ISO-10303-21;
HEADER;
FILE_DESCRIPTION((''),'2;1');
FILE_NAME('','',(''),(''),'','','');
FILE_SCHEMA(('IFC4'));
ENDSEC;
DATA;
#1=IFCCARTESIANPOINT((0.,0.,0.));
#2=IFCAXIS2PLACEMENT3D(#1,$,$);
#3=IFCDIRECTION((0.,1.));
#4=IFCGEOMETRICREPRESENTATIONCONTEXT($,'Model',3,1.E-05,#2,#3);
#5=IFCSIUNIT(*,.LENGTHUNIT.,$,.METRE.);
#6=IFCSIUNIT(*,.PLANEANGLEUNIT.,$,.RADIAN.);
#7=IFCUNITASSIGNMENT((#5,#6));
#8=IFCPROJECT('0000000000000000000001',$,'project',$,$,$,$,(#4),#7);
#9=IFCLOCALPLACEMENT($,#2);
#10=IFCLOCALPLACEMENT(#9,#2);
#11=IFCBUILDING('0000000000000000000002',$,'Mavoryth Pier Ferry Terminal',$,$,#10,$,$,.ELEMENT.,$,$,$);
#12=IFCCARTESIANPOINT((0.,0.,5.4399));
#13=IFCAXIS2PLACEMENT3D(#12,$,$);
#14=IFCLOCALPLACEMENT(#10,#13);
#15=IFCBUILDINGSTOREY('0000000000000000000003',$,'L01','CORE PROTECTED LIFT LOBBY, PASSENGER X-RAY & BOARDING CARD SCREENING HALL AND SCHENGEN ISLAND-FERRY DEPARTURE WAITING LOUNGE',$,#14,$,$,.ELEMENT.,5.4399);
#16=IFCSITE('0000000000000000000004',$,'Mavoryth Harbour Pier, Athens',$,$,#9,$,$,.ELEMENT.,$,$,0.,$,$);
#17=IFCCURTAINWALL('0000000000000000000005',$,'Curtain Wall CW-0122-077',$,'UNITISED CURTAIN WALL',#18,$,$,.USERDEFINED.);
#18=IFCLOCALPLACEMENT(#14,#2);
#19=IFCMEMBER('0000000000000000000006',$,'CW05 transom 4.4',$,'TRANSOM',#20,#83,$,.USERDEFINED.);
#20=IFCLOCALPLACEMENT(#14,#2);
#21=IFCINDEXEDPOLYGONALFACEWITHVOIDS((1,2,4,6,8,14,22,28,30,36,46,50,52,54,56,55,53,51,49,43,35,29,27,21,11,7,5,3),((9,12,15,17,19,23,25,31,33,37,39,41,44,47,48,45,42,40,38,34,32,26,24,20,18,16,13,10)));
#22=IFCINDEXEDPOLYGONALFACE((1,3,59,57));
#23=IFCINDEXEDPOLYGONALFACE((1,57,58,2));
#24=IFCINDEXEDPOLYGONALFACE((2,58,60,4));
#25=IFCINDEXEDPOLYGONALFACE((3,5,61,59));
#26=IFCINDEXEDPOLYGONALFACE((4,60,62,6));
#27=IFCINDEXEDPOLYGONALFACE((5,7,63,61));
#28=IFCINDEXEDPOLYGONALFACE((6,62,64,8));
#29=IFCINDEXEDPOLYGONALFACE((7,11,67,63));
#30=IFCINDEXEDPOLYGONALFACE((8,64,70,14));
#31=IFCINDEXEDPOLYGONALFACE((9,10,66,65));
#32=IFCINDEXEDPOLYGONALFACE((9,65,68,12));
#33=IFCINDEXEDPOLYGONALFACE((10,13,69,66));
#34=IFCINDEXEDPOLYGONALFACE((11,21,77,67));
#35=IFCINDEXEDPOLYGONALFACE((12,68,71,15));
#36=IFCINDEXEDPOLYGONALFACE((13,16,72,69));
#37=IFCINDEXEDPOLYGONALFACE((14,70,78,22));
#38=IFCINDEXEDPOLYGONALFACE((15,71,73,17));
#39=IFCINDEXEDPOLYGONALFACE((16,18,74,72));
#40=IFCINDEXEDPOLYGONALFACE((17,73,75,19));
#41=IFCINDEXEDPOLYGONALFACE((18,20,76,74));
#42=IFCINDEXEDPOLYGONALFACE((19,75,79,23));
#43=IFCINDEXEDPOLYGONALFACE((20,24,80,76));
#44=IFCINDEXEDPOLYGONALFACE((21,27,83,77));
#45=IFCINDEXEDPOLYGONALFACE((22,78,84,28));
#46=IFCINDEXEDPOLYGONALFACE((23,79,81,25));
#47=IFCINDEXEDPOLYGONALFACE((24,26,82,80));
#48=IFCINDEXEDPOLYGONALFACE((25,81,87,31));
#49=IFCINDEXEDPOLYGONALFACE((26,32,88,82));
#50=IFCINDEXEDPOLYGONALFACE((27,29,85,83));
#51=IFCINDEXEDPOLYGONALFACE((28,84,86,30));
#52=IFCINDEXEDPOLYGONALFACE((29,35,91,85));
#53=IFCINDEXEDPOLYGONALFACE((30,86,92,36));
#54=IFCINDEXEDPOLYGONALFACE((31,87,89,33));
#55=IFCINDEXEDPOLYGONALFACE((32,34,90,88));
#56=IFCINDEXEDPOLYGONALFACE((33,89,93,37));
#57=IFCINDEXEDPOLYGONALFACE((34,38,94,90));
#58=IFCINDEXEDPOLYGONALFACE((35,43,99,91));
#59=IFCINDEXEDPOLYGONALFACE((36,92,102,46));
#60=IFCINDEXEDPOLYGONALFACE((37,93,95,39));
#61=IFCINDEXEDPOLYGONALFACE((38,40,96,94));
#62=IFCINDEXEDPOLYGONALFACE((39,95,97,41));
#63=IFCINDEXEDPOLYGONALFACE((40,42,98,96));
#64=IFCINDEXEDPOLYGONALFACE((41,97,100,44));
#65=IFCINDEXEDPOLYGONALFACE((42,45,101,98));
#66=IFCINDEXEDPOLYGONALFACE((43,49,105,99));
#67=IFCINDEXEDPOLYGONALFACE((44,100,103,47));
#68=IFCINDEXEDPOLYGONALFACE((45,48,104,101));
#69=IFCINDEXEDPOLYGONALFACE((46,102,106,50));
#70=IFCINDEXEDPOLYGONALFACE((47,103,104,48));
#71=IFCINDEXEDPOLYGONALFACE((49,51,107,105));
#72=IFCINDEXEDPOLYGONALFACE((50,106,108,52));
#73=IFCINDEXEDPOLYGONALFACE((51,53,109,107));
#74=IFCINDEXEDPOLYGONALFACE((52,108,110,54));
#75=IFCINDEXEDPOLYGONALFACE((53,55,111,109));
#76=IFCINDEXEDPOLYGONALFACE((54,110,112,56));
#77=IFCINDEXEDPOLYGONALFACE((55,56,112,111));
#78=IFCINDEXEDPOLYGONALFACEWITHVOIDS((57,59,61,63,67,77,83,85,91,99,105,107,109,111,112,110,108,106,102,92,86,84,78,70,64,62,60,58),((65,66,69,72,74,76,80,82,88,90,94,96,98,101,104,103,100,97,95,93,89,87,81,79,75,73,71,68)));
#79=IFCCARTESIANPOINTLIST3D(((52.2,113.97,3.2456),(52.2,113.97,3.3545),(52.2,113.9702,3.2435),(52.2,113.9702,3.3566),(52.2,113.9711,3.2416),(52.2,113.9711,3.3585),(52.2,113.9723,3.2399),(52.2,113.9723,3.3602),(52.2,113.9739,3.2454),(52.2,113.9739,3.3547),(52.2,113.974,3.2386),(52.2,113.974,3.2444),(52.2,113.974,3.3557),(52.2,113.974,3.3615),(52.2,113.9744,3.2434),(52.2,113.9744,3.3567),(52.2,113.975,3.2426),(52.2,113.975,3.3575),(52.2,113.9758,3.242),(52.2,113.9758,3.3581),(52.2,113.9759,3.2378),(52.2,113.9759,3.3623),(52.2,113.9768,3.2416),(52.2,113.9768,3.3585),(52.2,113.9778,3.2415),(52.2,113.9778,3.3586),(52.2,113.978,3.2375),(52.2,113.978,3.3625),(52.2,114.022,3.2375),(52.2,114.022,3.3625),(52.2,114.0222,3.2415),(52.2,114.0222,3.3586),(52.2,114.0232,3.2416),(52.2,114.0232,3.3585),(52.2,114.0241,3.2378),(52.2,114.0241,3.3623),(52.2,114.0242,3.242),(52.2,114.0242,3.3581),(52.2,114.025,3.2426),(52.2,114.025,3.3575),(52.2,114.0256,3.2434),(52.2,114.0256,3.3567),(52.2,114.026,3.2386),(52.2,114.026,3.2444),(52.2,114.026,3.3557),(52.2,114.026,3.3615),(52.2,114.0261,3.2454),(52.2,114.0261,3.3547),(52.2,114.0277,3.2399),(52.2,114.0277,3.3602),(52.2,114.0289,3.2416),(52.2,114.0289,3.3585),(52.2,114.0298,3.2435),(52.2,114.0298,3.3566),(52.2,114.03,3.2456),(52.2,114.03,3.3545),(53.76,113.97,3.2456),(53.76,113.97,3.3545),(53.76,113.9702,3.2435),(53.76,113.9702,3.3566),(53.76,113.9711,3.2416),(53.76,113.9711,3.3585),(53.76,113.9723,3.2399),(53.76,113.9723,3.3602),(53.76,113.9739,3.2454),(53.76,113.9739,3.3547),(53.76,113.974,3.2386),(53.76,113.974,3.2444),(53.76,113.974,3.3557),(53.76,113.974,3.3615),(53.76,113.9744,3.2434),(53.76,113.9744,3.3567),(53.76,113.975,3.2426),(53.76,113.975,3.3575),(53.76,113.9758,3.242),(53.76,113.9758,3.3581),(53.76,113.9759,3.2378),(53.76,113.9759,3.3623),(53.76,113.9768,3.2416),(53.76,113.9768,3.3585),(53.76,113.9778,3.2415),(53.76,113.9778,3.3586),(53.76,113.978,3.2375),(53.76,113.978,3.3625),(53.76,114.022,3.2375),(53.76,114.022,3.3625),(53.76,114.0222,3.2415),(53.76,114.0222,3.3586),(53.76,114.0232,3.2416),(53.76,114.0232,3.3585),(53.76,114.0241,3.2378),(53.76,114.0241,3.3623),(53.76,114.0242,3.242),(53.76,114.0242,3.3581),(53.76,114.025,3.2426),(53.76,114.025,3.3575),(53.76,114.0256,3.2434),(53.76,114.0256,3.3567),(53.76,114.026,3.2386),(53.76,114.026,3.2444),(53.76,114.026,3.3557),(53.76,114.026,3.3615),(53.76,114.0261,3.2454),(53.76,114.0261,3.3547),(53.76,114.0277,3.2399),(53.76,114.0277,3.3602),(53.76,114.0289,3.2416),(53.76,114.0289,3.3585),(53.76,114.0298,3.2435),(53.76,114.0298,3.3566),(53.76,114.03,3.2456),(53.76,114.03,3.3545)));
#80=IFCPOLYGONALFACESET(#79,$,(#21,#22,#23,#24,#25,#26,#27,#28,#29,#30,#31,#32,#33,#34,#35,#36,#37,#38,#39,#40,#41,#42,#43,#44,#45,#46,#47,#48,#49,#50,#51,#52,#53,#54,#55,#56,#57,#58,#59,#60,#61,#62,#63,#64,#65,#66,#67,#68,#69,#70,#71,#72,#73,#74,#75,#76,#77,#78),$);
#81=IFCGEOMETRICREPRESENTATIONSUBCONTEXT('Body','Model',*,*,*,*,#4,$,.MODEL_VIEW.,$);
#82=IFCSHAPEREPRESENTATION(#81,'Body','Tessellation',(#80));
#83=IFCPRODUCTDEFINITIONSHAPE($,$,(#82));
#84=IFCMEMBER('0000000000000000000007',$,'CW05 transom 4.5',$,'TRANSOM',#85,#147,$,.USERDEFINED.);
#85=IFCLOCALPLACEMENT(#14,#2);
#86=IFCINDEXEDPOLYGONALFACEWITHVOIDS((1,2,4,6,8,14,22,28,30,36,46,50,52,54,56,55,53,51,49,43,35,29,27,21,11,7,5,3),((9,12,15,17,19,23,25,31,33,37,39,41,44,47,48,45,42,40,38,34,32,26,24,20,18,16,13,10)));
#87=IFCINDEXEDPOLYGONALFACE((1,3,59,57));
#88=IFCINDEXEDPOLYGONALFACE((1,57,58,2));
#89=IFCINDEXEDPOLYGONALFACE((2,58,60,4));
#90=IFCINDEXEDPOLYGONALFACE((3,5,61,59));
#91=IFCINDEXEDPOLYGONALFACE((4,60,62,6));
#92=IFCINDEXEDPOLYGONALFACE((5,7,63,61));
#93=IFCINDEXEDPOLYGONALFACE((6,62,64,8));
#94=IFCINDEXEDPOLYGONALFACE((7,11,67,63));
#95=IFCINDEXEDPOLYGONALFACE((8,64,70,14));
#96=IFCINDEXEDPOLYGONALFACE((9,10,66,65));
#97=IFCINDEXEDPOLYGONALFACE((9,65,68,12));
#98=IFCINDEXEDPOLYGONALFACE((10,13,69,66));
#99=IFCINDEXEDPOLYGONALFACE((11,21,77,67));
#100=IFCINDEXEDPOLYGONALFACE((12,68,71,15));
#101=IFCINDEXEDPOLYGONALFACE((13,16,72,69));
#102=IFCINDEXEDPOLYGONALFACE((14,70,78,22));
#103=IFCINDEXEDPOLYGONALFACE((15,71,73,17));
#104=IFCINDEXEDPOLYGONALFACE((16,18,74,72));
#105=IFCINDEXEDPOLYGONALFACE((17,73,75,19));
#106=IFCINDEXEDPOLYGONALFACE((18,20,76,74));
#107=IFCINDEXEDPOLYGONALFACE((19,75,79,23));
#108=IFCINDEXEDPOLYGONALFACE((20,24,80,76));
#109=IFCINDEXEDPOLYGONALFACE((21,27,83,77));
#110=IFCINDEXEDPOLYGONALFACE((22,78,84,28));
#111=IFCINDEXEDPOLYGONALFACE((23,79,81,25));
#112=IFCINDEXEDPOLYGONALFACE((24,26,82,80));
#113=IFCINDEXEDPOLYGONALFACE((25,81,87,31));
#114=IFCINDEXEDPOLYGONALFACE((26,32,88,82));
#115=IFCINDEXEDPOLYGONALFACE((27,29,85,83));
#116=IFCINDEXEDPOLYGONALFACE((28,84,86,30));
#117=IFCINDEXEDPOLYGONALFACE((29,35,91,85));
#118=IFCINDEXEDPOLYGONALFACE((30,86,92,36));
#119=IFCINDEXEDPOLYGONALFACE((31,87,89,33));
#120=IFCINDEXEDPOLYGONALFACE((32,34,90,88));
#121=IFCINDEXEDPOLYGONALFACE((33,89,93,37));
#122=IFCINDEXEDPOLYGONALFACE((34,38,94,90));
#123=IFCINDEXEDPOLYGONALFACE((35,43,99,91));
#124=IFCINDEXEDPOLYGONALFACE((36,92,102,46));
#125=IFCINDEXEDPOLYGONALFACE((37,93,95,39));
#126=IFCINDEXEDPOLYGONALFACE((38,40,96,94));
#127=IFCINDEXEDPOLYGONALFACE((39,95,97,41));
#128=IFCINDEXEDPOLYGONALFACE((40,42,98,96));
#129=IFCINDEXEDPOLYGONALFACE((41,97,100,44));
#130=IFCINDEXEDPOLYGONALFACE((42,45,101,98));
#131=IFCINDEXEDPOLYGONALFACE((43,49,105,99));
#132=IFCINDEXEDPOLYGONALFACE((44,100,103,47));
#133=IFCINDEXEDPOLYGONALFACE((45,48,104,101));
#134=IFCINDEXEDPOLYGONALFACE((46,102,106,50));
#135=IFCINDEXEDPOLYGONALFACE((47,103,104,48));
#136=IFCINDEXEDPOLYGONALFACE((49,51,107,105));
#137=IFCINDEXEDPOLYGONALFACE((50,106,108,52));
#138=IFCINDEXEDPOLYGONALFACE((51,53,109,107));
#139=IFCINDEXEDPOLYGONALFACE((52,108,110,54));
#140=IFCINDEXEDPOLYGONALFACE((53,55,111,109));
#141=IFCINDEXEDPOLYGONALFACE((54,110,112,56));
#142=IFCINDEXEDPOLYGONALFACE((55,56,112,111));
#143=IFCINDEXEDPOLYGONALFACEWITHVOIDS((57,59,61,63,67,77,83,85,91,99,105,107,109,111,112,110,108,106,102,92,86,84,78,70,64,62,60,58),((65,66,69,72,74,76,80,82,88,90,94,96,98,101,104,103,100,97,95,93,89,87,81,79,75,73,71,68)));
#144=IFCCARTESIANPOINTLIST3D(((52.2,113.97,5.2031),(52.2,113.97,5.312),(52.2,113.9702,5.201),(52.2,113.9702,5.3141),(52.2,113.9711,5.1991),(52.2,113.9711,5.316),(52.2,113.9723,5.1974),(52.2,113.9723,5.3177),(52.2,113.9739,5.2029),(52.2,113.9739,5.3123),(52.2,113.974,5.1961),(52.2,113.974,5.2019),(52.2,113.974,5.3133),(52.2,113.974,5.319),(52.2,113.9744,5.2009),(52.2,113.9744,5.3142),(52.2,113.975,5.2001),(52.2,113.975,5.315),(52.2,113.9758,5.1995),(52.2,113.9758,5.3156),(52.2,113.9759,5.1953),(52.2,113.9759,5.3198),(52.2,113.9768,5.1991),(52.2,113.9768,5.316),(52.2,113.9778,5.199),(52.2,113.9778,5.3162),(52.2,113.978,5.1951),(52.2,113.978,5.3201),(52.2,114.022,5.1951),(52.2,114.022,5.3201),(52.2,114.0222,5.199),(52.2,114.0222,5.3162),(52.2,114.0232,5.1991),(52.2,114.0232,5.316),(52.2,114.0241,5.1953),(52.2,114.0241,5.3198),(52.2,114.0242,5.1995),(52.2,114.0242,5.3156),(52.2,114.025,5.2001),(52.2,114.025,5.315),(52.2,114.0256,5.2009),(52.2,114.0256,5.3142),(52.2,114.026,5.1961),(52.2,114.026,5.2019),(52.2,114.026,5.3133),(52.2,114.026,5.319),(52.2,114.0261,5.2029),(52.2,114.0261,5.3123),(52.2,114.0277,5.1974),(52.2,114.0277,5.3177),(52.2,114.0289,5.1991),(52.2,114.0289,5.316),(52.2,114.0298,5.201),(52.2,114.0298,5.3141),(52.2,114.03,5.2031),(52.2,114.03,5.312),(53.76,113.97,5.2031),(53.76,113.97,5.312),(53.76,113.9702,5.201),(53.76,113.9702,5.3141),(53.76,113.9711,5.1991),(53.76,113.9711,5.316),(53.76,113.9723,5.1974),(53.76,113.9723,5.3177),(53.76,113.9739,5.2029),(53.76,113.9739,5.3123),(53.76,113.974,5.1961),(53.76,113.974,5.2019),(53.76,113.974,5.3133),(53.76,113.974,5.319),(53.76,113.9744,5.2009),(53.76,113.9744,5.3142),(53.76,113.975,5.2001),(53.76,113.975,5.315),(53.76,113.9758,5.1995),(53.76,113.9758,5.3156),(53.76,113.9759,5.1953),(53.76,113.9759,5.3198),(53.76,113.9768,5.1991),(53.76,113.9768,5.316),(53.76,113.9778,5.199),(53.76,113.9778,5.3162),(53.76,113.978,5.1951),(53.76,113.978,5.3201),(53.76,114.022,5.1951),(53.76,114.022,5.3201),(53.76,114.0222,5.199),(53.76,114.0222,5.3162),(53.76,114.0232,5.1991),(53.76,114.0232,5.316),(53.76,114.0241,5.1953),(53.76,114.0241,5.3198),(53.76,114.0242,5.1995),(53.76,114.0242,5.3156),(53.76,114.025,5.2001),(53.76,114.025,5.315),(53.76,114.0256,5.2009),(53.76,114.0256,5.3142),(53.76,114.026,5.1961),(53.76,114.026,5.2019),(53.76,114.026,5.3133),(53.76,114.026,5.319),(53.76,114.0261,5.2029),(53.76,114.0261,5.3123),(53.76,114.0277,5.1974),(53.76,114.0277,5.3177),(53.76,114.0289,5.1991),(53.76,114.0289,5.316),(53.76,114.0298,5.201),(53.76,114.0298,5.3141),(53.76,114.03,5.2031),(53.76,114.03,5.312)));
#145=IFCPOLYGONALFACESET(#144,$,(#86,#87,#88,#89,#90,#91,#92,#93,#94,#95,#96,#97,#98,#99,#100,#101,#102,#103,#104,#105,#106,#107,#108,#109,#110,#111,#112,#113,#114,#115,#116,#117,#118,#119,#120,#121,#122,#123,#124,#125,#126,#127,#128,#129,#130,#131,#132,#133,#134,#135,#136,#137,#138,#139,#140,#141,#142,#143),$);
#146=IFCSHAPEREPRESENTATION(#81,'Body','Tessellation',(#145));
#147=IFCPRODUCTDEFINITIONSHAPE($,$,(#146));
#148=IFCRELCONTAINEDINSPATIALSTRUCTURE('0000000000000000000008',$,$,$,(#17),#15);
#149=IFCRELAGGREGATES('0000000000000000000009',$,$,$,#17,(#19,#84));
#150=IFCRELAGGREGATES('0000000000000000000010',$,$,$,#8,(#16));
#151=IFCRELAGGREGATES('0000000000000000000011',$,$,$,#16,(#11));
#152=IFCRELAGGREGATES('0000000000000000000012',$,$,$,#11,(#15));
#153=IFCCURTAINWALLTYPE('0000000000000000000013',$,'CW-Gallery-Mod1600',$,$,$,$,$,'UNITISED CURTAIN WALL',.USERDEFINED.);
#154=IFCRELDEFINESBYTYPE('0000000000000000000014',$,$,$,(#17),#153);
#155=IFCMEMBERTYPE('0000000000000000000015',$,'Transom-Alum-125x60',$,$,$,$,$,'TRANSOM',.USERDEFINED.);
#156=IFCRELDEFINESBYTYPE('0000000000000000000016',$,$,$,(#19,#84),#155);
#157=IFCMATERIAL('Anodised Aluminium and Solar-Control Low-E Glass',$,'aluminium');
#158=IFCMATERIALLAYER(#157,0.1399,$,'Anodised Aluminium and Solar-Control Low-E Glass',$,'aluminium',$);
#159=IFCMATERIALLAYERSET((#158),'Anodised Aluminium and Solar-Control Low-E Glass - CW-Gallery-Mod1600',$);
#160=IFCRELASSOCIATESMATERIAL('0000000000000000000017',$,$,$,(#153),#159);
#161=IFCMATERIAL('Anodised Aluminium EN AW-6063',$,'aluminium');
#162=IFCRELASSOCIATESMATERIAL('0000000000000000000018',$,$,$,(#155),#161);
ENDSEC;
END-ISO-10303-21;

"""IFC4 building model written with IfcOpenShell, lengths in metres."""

from ifc_helpers import new_model, si_unit, direction, frame, origin, origin_2d, place, context, subcontext, project, spatial, hollow_rectangle, extrude, material, layer, layer_set, material_profile, profile_set, type_object, element, aggregate, save


model = new_model("IFC4")

# Units and contexts
model_context = context("Model", 3, precision=1e-05, world=origin(), true_north=direction((0.0, 1.0)))
body_context = subcontext(model_context, "Body", "Model", "MODEL_VIEW")
ifc_project = project(units=[si_unit("LENGTHUNIT", "METRE"), si_unit("PLANEANGLEUNIT", "RADIAN")], contexts=[model_context])

# Site, building, storey
site_placement = place(None, origin())
site = spatial("IfcSite", under=ifc_project, at=site_placement, Name="Mavoryth Harbour Pier, Athens", CompositionType="ELEMENT", RefElevation=0.0)
building_placement = place(site_placement, origin())
building = spatial("IfcBuilding", under=site, at=building_placement, Name="Mavoryth Pier Ferry Terminal", CompositionType="ELEMENT")
storey_placement = place(building_placement, frame((0.0, 0.0, 5.4399)))
storey = spatial("IfcBuildingStorey", under=building, at=storey_placement, Name="L01", Description="CORE PROTECTED LIFT LOBBY, PASSENGER X-RAY & BOARDING CARD SCREENING HALL AND SCHENGEN ISLAND-FERRY DEPARTURE WAITING LOUNGE", CompositionType="ELEMENT", Elevation=5.4399)

# Curtain wall
ifc_material_1 = material(Name="Anodised Aluminium and Solar-Control Low-E Glass", Category="aluminium")
ifc_layer_1 = layer(ifc_material_1, 0.1399, Name="Anodised Aluminium and Solar-Control Low-E Glass", Category="aluminium")
ifc_layer_set_1 = layer_set([ifc_layer_1], Name="Anodised Aluminium and Solar-Control Low-E Glass - CW-Gallery-Mod1600")
curtain_wall_type = type_object("IfcCurtainWallType", Name="CW-Gallery-Mod1600", ElementType="UNITISED CURTAIN WALL", PredefinedType="USERDEFINED", material=ifc_layer_set_1)
curtain_wall_1_placement = place(storey_placement, origin())
curtain_wall_1 = element("IfcCurtainWall", 1, at=curtain_wall_1_placement, inside=storey, type_object=curtain_wall_type, Name="Curtain Wall CW-0122-077", ObjectType="UNITISED CURTAIN WALL", PredefinedType="USERDEFINED")
ifc_material_2 = material(Name="Anodised Aluminium EN AW-6063", Category="aluminium")

# Members
ifc_material_profile_1 = material_profile(ifc_material_2, hollow_rectangle(XDim=0.0601, YDim=0.125, WallThickness=0.0039, InnerFilletRadius=0.0039, OuterFilletRadius=0.0081, at=origin_2d()), Name="AL-TRAN 125x60x4", Category="aluminium")
ifc_profile_set_1 = profile_set([ifc_material_profile_1], Name="Anodised Aluminium EN AW-6063 - AL-TRAN 125x60x4")
member_type_1 = type_object("IfcMemberType", Name="Transom-Alum-125x60", ElementType="TRANSOM", PredefinedType="USERDEFINED", material=ifc_profile_set_1)
member_1_placement = place(storey_placement, frame((53.76, 114.0, 3.3), z_axis=(-1.0, 0.0, 0.0), x_axis=(0.0, -1.0, 0.0)))
member_1 = element("IfcMember", 2, at=member_1_placement, type_object=member_type_1, Name="CW05 transom 4.4", ObjectType="TRANSOM", PredefinedType="USERDEFINED", context=body_context, shape_type="SweptSolid", body=[
    extrude(hollow_rectangle(XDim=0.0601, YDim=0.125, WallThickness=0.0039, InnerFilletRadius=0.0039, OuterFilletRadius=0.0081, at=origin_2d()), origin(), (0.0, 0.0, 1.0), 1.5601),
])
member_2_placement = place(storey_placement, frame((53.76, 114.0, 5.2576), z_axis=(-1.0, 0.0, 0.0), x_axis=(0.0, -1.0, 0.0)))
member_2 = element("IfcMember", 3, at=member_2_placement, type_object=member_type_1, Name="CW05 transom 4.5", ObjectType="TRANSOM", PredefinedType="USERDEFINED", context=body_context, shape_type="SweptSolid", body=[
    extrude(hollow_rectangle(XDim=0.0601, YDim=0.125, WallThickness=0.0039, InnerFilletRadius=0.0039, OuterFilletRadius=0.0081, at=origin_2d()), origin(), (0.0, 0.0, 1.0), 1.5601),
])

aggregate(curtain_wall_1, [member_1, member_2])

save(model, "model.ifc")
